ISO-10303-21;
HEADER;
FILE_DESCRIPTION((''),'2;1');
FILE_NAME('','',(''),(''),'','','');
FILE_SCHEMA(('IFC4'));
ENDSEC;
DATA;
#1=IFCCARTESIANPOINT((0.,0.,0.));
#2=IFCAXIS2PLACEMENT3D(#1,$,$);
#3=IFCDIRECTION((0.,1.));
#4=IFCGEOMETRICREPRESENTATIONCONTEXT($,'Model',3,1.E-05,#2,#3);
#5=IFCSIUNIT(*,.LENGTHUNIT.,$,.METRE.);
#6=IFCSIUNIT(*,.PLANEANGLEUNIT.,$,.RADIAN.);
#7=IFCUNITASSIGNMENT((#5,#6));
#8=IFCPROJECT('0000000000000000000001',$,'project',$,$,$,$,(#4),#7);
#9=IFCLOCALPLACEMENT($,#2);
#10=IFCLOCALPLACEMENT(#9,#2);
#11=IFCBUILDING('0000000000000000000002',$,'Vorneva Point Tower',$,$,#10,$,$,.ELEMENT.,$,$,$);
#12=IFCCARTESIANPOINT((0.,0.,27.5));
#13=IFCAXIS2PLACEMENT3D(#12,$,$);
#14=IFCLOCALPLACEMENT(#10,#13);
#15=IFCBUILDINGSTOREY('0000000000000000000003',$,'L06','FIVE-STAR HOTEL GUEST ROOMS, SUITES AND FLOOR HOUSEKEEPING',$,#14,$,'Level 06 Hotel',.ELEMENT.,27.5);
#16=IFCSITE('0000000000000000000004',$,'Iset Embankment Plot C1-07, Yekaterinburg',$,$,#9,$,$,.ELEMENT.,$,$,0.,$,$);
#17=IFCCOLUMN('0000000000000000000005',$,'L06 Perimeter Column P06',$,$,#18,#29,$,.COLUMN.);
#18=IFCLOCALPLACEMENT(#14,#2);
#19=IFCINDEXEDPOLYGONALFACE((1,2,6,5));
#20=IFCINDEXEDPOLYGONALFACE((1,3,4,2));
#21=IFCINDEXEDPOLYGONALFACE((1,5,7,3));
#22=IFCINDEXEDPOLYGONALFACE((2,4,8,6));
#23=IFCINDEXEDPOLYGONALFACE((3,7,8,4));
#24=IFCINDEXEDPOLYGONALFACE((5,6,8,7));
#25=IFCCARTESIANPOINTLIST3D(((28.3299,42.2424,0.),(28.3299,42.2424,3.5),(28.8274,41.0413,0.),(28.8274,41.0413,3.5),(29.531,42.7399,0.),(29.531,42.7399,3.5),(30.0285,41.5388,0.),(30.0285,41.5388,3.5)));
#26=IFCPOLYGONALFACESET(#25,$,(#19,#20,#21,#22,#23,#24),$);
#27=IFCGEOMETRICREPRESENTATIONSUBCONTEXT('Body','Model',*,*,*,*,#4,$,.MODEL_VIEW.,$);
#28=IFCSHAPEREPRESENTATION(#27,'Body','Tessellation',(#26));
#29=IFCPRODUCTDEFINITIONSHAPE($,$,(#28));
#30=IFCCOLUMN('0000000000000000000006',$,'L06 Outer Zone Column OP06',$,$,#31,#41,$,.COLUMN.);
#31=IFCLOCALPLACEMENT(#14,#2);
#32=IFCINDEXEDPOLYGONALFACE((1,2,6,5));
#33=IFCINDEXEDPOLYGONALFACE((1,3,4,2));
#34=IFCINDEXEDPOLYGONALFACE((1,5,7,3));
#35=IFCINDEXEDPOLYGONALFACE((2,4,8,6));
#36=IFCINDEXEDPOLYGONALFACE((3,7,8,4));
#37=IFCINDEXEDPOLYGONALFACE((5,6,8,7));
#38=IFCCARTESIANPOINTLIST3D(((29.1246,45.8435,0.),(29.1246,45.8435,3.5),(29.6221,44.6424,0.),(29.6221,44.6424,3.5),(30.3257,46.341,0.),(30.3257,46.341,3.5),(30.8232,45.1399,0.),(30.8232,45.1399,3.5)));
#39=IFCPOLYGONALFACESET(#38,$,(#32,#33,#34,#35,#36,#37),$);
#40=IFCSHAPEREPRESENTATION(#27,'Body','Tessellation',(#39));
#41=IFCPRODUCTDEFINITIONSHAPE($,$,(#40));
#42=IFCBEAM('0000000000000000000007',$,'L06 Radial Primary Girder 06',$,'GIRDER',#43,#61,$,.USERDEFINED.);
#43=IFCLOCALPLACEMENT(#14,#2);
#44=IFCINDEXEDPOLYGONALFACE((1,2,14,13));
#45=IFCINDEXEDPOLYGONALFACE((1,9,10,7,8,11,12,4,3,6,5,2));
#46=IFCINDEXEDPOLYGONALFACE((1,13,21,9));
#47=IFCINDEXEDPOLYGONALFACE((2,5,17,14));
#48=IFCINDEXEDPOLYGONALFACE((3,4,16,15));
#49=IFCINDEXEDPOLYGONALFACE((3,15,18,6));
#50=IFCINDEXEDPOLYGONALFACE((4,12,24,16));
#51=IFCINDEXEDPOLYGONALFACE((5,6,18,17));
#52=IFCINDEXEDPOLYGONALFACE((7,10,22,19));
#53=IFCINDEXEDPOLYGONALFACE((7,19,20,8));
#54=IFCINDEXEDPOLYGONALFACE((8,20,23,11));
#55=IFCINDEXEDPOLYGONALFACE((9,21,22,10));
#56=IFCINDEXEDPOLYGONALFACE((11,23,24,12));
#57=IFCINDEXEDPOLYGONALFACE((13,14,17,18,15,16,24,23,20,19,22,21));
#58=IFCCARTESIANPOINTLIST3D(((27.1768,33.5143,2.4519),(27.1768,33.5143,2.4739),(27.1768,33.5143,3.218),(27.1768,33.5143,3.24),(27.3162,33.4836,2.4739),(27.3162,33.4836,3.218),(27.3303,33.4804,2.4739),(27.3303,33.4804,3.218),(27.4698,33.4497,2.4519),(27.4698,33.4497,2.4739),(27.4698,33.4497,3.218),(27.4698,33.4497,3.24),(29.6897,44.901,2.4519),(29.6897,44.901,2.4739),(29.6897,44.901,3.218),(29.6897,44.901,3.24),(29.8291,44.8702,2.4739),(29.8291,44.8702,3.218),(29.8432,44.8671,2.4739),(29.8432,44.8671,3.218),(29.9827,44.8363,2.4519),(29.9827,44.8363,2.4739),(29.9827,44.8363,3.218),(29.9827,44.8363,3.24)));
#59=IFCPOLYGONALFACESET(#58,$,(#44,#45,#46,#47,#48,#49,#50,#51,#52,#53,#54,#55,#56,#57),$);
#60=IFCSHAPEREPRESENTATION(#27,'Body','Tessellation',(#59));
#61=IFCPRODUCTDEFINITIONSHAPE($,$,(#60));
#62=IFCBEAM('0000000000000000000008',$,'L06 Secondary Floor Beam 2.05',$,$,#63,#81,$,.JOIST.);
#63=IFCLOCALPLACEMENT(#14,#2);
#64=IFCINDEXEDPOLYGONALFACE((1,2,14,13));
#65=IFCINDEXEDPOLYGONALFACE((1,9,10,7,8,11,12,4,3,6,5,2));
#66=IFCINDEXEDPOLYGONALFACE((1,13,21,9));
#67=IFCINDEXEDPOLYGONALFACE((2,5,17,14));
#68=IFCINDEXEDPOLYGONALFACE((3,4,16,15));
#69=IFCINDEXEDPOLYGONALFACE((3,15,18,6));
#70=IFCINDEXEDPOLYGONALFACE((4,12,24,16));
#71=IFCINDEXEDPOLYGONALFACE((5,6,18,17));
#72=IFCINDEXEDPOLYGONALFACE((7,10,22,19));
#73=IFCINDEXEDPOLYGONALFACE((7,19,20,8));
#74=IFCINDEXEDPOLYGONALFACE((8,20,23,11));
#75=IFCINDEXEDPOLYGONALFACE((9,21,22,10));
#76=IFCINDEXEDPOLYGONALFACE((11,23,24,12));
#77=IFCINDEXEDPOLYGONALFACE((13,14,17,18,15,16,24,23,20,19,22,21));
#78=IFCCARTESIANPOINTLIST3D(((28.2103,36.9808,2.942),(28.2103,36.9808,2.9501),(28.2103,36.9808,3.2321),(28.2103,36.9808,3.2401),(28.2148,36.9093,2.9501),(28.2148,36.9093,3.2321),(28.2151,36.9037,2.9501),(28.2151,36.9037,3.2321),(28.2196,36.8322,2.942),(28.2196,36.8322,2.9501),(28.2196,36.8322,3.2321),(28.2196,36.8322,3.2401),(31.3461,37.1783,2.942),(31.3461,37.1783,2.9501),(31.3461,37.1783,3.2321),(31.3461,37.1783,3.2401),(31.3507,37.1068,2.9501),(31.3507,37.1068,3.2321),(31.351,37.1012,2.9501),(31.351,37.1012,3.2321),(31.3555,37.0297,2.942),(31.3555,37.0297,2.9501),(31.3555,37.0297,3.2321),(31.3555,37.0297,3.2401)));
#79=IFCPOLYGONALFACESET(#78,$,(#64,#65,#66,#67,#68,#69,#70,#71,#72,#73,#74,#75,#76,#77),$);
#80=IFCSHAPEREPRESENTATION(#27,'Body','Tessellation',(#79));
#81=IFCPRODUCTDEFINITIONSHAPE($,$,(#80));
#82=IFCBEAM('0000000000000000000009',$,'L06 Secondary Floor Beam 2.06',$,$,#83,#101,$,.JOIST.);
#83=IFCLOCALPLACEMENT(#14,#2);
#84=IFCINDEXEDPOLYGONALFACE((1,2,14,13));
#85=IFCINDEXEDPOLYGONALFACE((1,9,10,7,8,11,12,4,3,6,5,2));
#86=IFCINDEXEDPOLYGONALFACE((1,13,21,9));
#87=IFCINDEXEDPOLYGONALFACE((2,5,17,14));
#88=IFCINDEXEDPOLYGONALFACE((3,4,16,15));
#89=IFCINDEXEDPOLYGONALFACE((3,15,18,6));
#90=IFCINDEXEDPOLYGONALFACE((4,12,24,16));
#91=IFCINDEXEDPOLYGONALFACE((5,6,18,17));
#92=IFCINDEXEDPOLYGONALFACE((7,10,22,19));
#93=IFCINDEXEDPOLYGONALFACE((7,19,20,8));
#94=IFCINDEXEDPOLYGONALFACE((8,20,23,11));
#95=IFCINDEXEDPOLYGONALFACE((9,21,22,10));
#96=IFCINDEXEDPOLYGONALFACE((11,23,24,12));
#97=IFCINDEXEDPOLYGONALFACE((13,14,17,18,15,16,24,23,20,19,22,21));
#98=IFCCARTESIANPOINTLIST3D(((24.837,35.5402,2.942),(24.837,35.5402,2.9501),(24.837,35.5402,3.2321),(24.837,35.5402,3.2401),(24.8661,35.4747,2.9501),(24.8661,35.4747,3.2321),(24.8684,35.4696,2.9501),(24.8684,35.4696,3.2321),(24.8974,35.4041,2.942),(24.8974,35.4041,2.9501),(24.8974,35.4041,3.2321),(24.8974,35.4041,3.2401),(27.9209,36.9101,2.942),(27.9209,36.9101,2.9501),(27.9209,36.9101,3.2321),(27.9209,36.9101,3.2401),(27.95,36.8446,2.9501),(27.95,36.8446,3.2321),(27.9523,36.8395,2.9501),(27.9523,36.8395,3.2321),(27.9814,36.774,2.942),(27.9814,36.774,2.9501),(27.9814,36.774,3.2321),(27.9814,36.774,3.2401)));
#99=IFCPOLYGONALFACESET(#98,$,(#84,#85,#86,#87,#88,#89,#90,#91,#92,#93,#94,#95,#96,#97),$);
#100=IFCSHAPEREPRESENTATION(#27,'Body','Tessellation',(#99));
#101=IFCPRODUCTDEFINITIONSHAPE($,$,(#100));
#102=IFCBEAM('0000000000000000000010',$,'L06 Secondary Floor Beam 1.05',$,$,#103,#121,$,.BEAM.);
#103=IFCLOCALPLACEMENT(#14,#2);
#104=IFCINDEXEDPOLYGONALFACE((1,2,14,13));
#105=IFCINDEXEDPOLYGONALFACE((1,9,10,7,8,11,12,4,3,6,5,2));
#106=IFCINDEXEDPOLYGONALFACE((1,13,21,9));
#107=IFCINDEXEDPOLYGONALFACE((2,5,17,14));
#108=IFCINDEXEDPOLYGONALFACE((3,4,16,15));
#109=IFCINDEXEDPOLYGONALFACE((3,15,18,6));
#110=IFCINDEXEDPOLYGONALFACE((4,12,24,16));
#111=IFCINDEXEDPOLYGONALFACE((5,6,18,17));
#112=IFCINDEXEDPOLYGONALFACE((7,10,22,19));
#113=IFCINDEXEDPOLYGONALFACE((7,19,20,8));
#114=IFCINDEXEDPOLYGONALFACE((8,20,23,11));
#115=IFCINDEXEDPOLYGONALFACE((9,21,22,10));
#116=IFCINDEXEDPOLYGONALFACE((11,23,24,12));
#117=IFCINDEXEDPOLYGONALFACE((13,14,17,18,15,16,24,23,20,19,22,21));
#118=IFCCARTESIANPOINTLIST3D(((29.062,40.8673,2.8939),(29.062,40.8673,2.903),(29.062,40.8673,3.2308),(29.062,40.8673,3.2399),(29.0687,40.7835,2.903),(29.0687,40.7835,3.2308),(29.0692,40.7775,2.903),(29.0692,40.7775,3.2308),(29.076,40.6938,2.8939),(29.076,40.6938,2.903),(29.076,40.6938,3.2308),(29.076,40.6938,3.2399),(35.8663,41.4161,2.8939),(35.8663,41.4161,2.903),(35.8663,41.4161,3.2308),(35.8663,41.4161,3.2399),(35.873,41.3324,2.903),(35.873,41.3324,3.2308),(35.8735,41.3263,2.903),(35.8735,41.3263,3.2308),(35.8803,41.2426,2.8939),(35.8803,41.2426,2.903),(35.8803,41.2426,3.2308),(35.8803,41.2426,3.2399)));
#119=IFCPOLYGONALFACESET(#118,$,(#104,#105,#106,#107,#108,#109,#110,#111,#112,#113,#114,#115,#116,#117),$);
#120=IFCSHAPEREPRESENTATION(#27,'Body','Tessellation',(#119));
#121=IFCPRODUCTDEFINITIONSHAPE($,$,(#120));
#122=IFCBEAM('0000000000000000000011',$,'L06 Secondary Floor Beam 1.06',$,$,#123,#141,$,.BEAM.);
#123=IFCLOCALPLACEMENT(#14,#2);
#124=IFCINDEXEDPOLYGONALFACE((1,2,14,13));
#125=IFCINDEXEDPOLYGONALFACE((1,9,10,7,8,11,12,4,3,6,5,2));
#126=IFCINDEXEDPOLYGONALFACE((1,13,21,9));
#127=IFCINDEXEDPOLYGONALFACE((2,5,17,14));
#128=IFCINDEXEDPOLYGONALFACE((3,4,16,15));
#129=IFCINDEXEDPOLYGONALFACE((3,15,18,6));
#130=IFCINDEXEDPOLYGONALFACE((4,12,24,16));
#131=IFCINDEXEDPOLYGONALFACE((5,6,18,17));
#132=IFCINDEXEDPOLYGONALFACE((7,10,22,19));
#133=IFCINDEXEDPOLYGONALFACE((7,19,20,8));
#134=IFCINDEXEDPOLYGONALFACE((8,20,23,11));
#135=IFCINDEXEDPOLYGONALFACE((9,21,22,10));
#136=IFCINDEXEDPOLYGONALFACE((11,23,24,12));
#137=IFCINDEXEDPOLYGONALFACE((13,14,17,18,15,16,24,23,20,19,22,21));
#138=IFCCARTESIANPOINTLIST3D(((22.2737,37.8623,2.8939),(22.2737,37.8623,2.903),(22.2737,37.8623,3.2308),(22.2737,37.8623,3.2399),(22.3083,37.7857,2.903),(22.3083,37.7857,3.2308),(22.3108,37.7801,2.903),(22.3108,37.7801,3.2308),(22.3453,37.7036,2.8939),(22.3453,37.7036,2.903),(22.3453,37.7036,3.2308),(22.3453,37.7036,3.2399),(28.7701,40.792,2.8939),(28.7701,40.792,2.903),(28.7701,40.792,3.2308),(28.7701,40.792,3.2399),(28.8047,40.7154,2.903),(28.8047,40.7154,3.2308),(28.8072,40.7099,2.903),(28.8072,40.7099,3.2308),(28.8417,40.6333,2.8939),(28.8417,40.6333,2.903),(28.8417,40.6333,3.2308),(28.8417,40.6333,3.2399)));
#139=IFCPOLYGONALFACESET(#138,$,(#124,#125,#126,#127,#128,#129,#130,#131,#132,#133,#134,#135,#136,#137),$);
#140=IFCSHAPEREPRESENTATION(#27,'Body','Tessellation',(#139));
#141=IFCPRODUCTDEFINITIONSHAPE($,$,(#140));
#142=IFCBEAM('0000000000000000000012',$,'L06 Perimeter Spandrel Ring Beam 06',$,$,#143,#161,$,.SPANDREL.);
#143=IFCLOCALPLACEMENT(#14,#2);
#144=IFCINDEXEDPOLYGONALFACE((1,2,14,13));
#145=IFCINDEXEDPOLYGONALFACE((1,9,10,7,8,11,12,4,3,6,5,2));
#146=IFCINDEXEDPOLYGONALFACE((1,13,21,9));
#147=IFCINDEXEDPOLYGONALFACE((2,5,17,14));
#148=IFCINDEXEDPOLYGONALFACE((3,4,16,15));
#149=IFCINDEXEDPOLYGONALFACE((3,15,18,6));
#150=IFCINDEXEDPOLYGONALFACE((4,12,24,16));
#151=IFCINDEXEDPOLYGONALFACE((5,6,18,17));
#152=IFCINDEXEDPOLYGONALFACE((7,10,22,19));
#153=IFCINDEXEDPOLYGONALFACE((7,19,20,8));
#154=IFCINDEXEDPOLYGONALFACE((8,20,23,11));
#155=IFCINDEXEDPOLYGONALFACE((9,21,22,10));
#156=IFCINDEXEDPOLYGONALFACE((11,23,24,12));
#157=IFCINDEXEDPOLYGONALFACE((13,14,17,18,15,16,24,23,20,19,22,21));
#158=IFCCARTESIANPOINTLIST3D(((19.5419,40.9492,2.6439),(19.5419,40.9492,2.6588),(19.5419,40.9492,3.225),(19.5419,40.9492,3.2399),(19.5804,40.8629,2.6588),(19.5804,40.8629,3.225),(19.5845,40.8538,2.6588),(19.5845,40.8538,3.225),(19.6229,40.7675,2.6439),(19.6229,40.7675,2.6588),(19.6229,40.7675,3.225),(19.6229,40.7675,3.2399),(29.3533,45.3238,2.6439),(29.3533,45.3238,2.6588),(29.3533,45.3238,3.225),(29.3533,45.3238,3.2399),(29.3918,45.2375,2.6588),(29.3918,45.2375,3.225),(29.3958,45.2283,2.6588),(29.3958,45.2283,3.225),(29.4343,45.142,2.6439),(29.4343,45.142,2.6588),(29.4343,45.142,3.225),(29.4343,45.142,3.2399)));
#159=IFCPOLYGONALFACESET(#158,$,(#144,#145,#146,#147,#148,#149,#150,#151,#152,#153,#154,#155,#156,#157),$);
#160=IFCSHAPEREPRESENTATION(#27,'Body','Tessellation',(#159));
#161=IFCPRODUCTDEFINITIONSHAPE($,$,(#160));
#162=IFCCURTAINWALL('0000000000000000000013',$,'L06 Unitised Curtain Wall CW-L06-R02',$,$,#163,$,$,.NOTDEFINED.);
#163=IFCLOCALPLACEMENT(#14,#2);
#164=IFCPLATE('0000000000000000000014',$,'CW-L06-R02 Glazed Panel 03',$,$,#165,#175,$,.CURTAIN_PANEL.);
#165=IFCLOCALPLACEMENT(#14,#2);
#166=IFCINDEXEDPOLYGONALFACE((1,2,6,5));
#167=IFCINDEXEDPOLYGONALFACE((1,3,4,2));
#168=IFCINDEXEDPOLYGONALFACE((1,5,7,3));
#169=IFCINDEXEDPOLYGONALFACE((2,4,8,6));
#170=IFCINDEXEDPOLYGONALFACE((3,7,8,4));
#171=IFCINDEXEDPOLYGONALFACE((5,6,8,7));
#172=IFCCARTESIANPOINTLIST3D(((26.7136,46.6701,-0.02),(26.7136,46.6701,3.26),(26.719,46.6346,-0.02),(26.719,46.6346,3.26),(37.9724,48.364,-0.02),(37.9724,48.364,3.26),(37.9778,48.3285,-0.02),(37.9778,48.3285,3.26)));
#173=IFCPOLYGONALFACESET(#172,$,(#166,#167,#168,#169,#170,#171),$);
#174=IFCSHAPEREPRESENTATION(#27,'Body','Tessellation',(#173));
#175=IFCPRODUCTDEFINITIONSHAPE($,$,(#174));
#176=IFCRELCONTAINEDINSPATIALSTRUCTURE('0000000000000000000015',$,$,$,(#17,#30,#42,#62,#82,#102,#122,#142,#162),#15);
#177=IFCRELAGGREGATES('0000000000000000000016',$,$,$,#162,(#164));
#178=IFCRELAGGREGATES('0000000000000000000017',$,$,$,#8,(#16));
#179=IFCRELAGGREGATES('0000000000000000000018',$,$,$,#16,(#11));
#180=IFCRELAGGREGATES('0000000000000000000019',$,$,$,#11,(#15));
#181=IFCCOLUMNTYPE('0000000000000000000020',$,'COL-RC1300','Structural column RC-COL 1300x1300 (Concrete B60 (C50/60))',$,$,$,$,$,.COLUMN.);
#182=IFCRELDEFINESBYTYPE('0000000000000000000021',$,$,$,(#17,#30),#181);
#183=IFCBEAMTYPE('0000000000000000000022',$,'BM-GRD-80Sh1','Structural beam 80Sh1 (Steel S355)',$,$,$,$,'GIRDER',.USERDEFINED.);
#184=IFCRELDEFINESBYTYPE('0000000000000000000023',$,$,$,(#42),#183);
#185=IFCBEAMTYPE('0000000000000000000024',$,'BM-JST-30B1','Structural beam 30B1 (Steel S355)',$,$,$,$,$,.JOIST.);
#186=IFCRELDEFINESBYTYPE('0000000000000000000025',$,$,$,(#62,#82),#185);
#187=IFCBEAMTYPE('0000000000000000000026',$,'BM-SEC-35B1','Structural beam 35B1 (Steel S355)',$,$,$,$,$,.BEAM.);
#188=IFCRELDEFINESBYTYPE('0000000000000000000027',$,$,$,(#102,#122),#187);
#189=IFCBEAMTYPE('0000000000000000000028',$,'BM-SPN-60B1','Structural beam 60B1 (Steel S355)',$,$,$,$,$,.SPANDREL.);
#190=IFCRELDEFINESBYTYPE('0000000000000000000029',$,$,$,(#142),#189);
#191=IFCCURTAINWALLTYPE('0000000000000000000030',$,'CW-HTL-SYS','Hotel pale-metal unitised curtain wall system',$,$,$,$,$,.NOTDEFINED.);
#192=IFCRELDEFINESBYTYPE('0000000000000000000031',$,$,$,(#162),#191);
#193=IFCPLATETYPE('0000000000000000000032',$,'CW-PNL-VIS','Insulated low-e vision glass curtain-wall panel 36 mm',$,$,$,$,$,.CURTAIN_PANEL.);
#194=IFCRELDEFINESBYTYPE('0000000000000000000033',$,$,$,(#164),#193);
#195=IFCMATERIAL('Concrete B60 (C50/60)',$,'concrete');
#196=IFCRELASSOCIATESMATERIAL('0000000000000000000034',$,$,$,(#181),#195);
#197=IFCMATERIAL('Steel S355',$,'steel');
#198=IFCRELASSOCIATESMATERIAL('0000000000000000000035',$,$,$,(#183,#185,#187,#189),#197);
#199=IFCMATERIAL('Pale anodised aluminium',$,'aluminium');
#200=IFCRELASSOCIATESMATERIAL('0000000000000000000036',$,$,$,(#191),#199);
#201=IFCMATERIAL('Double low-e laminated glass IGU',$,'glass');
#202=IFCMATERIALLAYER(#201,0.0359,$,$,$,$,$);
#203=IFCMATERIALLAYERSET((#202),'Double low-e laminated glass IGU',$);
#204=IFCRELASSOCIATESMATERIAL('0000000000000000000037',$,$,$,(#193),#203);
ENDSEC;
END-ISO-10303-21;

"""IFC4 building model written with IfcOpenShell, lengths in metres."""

from ifc_helpers import new_model, si_unit, direction, frame, origin, origin_2d, place, context, subcontext, project, spatial, rectangle, i_section, extrude, material, layer, layer_set, material_profile, profile_set, type_object, element, aggregate, save


model = new_model("IFC4")

# Units and contexts
model_context = context("Model", 3, precision=1e-05, world=origin(), true_north=direction((0.0, 1.0)))
body_context = subcontext(model_context, "Body", "Model", "MODEL_VIEW")
ifc_project = project(units=[si_unit("LENGTHUNIT", "METRE"), si_unit("PLANEANGLEUNIT", "RADIAN")], contexts=[model_context])

# Site, building, storey
site_placement = place(None, origin())
site = spatial("IfcSite", under=ifc_project, at=site_placement, Name="Iset Embankment Plot C1-07, Yekaterinburg", CompositionType="ELEMENT", RefElevation=0.0)
building_placement = place(site_placement, origin())
building = spatial("IfcBuilding", under=site, at=building_placement, Name="Vorneva Point Tower", CompositionType="ELEMENT")
storey_placement = place(building_placement, frame((0.0, 0.0, 27.5)))
storey = spatial("IfcBuildingStorey", under=building, at=storey_placement, Name="L06", Description="FIVE-STAR HOTEL GUEST ROOMS, SUITES AND FLOOR HOUSEKEEPING", LongName="Level 06 Hotel", CompositionType="ELEMENT", Elevation=27.5)

# Columns
ifc_material_1 = material(Name="Concrete B60 (C50/60)", Category="concrete")
ifc_material_profile_1 = material_profile(ifc_material_1, rectangle(XDim=1.3, YDim=1.3, at=origin_2d()), Name="RC-COL 1300x1300")
ifc_profile_set_1 = profile_set([ifc_material_profile_1], Name="Concrete B60 (C50/60)")
column_type = type_object("IfcColumnType", Name="COL-RC1300", Description="Structural column RC-COL 1300x1300 (Concrete B60 (C50/60))", PredefinedType="COLUMN", material=ifc_profile_set_1)
for number, where, z_axis, x_axis, name in (
    (1, (29.1792, 41.8906, 0.0), (0.0, 0.0, 1.0), (-0.382683, 0.92388, 0.0), "L06 Perimeter Column P06"),
    (2, (29.9739, 45.4917, 0.0), (0.0, 0.0, 1.0), (-0.382683, 0.92388, 0.0), "L06 Outer Zone Column OP06"),
):
    element("IfcColumn", number, at=place(storey_placement, frame(where, z_axis=z_axis, x_axis=x_axis)), inside=storey, type_object=column_type, Name=name, PredefinedType="COLUMN", context=body_context, shape_type="SweptSolid", body=[
        extrude(rectangle(XDim=1.3, YDim=1.3, at=origin_2d()), origin(), (0.0, 0.0, 1.0), 3.5),
    ])

# Beams
ifc_material_2 = material(Name="Steel S355", Category="steel")
ifc_material_profile_2 = material_profile(ifc_material_2, i_section(OverallWidth=0.3, OverallDepth=0.7881, WebThickness=0.0144, FlangeThickness=0.022, at=origin_2d()), Name="80Sh1")
ifc_profile_set_2 = profile_set([ifc_material_profile_2], Name="Steel S355")
beam_type_1 = type_object("IfcBeamType", Name="BM-GRD-80Sh1", Description="Structural beam 80Sh1 (Steel S355)", ElementType="GIRDER", PredefinedType="USERDEFINED", material=ifc_profile_set_2)
beam_1_placement = place(storey_placement, frame((29.8362, 44.8687, 2.8459), z_axis=(-0.215505, -0.976503, 0.0), x_axis=(0.976503, -0.215505, 0.0)))
element("IfcBeam", 3, at=beam_1_placement, inside=storey, type_object=beam_type_1, Name="L06 Radial Primary Girder 06", ObjectType="GIRDER", PredefinedType="USERDEFINED", context=body_context, shape_type="SweptSolid", body=[
    extrude(i_section(OverallWidth=0.3, OverallDepth=0.7881, WebThickness=0.0144, FlangeThickness=0.022, at=origin_2d()), origin(), (0.0, 0.0, 1.0), 11.6606),
])
ifc_material_profile_3 = material_profile(ifc_material_2, i_section(OverallWidth=0.1489, OverallDepth=0.2981, WebThickness=0.0056, FlangeThickness=0.0081, at=origin_2d()), Name="30B1")
ifc_profile_set_3 = profile_set([ifc_material_profile_3], Name="Steel S355")
beam_type_2 = type_object("IfcBeamType", Name="BM-JST-30B1", Description="Structural beam 30B1 (Steel S355)", PredefinedType="JOIST", material=ifc_profile_set_3)
beam_2_placement = place(storey_placement, frame((31.3508, 37.104, 3.0911), z_axis=(-0.998023, -0.062857, 0.0), x_axis=(0.062857, -0.998023, 0.0)))
element("IfcBeam", 4, at=beam_2_placement, inside=storey, type_object=beam_type_2, Name="L06 Secondary Floor Beam 2.05", PredefinedType="JOIST", context=body_context, shape_type="SweptSolid", body=[
    extrude(i_section(OverallWidth=0.1489, OverallDepth=0.2981, WebThickness=0.0056, FlangeThickness=0.0081, at=origin_2d()), origin(), (0.0, 0.0, 1.0), 3.1421),
])
beam_3_placement = place(storey_placement, frame((27.9512, 36.842, 3.0911), z_axis=(-0.913898, -0.405944, 0.0), x_axis=(0.405944, -0.913898, 0.0)))
element("IfcBeam", 5, at=beam_3_placement, inside=storey, type_object=beam_type_2, Name="L06 Secondary Floor Beam 2.06", PredefinedType="JOIST", context=body_context, shape_type="SweptSolid", body=[
    extrude(i_section(OverallWidth=0.1489, OverallDepth=0.2981, WebThickness=0.0056, FlangeThickness=0.0081, at=origin_2d()), origin(), (0.0, 0.0, 1.0), 3.3745),
])
ifc_material_profile_4 = material_profile(ifc_material_2, i_section(OverallWidth=0.1741, OverallDepth=0.3459, WebThickness=0.0061, FlangeThickness=0.009, at=origin_2d()), Name="35B1")
ifc_profile_set_4 = profile_set([ifc_material_profile_4], Name="Steel S355")
beam_type_3 = type_object("IfcBeamType", Name="BM-SEC-35B1", Description="Structural beam 35B1 (Steel S355)", PredefinedType="BEAM", material=ifc_profile_set_4)
beam_4_placement = place(storey_placement, frame((35.8733, 41.3293, 3.0669), z_axis=(-0.996763, -0.080399, 0.0), x_axis=(0.080399, -0.996763, 0.0)))
element("IfcBeam", 6, at=beam_4_placement, inside=storey, type_object=beam_type_3, Name="L06 Secondary Floor Beam 1.05", PredefinedType="BEAM", context=body_context, shape_type="SweptSolid", body=[
    extrude(i_section(OverallWidth=0.1741, OverallDepth=0.3459, WebThickness=0.0061, FlangeThickness=0.009, at=origin_2d()), origin(), (0.0, 0.0, 1.0), 6.8264),
])
beam_5_placement = place(storey_placement, frame((28.8059, 40.7126, 3.0669), z_axis=(-0.911589, -0.411104, 0.0), x_axis=(0.411104, -0.911589, 0.0)))
element("IfcBeam", 7, at=beam_5_placement, inside=storey, type_object=beam_type_3, Name="L06 Secondary Floor Beam 1.06", PredefinedType="BEAM", context=body_context, shape_type="SweptSolid", body=[
    extrude(i_section(OverallWidth=0.1741, OverallDepth=0.3459, WebThickness=0.0061, FlangeThickness=0.009, at=origin_2d()), origin(), (0.0, 0.0, 1.0), 7.1265),
])
ifc_material_profile_5 = material_profile(ifc_material_2, i_section(OverallWidth=0.199, OverallDepth=0.5959, WebThickness=0.01, FlangeThickness=0.0149, at=origin_2d()), Name="60B1")
ifc_profile_set_5 = profile_set([ifc_material_profile_5], Name="Steel S355")
beam_type_4 = type_object("IfcBeamType", Name="BM-SPN-60B1", Description="Structural beam 60B1 (Steel S355)", PredefinedType="SPANDREL", material=ifc_profile_set_5)
beam_6_placement = place(storey_placement, frame((29.3938, 45.2329, 2.9419), z_axis=(-0.913329, -0.407222, 0.0), x_axis=(0.407222, -0.913329, 0.0)))
element("IfcBeam", 8, at=beam_6_placement, inside=storey, type_object=beam_type_4, Name="L06 Perimeter Spandrel Ring Beam 06", PredefinedType="SPANDREL", context=body_context, shape_type="SweptSolid", body=[
    extrude(i_section(OverallWidth=0.199, OverallDepth=0.5959, WebThickness=0.01, FlangeThickness=0.0149, at=origin_2d()), origin(), (0.0, 0.0, 1.0), 10.7424),
])

# Curtain wall, plate
ifc_material_3 = material(Name="Pale anodised aluminium", Category="aluminium")
curtain_wall_type = type_object("IfcCurtainWallType", Name="CW-HTL-SYS", Description="Hotel pale-metal unitised curtain wall system", PredefinedType="NOTDEFINED", material=ifc_material_3)
curtain_wall_placement = place(storey_placement, origin())
curtain_wall = element("IfcCurtainWall", 9, at=curtain_wall_placement, inside=storey, type_object=curtain_wall_type, Name="L06 Unitised Curtain Wall CW-L06-R02", PredefinedType="NOTDEFINED")
ifc_material_4 = material(Name="Double low-e laminated glass IGU", Category="glass")
ifc_layer_1 = layer(ifc_material_4, 0.0359)
ifc_layer_set_1 = layer_set([ifc_layer_1], Name="Double low-e laminated glass IGU")
plate_type = type_object("IfcPlateType", Name="CW-PNL-VIS", Description="Insulated low-e vision glass curtain-wall panel 36 mm", PredefinedType="CURTAIN_PANEL", material=ifc_layer_set_1)
plate_placement = place(storey_placement, frame((32.3457, 47.4993, -0.02), z_axis=(0.0, 0.0, 1.0), x_axis=(-0.988871, -0.148776, 0.0)))
plate = element("IfcPlate", 10, at=plate_placement, type_object=plate_type, Name="CW-L06-R02 Glazed Panel 03", PredefinedType="CURTAIN_PANEL", context=body_context, shape_type="SweptSolid", body=[
    extrude(rectangle(XDim=11.3855, YDim=0.0359, at=origin_2d()), origin(), (0.0, 0.0, 1.0), 3.28),
])
aggregate(curtain_wall, [plate])

save(model, "model.ifc")
